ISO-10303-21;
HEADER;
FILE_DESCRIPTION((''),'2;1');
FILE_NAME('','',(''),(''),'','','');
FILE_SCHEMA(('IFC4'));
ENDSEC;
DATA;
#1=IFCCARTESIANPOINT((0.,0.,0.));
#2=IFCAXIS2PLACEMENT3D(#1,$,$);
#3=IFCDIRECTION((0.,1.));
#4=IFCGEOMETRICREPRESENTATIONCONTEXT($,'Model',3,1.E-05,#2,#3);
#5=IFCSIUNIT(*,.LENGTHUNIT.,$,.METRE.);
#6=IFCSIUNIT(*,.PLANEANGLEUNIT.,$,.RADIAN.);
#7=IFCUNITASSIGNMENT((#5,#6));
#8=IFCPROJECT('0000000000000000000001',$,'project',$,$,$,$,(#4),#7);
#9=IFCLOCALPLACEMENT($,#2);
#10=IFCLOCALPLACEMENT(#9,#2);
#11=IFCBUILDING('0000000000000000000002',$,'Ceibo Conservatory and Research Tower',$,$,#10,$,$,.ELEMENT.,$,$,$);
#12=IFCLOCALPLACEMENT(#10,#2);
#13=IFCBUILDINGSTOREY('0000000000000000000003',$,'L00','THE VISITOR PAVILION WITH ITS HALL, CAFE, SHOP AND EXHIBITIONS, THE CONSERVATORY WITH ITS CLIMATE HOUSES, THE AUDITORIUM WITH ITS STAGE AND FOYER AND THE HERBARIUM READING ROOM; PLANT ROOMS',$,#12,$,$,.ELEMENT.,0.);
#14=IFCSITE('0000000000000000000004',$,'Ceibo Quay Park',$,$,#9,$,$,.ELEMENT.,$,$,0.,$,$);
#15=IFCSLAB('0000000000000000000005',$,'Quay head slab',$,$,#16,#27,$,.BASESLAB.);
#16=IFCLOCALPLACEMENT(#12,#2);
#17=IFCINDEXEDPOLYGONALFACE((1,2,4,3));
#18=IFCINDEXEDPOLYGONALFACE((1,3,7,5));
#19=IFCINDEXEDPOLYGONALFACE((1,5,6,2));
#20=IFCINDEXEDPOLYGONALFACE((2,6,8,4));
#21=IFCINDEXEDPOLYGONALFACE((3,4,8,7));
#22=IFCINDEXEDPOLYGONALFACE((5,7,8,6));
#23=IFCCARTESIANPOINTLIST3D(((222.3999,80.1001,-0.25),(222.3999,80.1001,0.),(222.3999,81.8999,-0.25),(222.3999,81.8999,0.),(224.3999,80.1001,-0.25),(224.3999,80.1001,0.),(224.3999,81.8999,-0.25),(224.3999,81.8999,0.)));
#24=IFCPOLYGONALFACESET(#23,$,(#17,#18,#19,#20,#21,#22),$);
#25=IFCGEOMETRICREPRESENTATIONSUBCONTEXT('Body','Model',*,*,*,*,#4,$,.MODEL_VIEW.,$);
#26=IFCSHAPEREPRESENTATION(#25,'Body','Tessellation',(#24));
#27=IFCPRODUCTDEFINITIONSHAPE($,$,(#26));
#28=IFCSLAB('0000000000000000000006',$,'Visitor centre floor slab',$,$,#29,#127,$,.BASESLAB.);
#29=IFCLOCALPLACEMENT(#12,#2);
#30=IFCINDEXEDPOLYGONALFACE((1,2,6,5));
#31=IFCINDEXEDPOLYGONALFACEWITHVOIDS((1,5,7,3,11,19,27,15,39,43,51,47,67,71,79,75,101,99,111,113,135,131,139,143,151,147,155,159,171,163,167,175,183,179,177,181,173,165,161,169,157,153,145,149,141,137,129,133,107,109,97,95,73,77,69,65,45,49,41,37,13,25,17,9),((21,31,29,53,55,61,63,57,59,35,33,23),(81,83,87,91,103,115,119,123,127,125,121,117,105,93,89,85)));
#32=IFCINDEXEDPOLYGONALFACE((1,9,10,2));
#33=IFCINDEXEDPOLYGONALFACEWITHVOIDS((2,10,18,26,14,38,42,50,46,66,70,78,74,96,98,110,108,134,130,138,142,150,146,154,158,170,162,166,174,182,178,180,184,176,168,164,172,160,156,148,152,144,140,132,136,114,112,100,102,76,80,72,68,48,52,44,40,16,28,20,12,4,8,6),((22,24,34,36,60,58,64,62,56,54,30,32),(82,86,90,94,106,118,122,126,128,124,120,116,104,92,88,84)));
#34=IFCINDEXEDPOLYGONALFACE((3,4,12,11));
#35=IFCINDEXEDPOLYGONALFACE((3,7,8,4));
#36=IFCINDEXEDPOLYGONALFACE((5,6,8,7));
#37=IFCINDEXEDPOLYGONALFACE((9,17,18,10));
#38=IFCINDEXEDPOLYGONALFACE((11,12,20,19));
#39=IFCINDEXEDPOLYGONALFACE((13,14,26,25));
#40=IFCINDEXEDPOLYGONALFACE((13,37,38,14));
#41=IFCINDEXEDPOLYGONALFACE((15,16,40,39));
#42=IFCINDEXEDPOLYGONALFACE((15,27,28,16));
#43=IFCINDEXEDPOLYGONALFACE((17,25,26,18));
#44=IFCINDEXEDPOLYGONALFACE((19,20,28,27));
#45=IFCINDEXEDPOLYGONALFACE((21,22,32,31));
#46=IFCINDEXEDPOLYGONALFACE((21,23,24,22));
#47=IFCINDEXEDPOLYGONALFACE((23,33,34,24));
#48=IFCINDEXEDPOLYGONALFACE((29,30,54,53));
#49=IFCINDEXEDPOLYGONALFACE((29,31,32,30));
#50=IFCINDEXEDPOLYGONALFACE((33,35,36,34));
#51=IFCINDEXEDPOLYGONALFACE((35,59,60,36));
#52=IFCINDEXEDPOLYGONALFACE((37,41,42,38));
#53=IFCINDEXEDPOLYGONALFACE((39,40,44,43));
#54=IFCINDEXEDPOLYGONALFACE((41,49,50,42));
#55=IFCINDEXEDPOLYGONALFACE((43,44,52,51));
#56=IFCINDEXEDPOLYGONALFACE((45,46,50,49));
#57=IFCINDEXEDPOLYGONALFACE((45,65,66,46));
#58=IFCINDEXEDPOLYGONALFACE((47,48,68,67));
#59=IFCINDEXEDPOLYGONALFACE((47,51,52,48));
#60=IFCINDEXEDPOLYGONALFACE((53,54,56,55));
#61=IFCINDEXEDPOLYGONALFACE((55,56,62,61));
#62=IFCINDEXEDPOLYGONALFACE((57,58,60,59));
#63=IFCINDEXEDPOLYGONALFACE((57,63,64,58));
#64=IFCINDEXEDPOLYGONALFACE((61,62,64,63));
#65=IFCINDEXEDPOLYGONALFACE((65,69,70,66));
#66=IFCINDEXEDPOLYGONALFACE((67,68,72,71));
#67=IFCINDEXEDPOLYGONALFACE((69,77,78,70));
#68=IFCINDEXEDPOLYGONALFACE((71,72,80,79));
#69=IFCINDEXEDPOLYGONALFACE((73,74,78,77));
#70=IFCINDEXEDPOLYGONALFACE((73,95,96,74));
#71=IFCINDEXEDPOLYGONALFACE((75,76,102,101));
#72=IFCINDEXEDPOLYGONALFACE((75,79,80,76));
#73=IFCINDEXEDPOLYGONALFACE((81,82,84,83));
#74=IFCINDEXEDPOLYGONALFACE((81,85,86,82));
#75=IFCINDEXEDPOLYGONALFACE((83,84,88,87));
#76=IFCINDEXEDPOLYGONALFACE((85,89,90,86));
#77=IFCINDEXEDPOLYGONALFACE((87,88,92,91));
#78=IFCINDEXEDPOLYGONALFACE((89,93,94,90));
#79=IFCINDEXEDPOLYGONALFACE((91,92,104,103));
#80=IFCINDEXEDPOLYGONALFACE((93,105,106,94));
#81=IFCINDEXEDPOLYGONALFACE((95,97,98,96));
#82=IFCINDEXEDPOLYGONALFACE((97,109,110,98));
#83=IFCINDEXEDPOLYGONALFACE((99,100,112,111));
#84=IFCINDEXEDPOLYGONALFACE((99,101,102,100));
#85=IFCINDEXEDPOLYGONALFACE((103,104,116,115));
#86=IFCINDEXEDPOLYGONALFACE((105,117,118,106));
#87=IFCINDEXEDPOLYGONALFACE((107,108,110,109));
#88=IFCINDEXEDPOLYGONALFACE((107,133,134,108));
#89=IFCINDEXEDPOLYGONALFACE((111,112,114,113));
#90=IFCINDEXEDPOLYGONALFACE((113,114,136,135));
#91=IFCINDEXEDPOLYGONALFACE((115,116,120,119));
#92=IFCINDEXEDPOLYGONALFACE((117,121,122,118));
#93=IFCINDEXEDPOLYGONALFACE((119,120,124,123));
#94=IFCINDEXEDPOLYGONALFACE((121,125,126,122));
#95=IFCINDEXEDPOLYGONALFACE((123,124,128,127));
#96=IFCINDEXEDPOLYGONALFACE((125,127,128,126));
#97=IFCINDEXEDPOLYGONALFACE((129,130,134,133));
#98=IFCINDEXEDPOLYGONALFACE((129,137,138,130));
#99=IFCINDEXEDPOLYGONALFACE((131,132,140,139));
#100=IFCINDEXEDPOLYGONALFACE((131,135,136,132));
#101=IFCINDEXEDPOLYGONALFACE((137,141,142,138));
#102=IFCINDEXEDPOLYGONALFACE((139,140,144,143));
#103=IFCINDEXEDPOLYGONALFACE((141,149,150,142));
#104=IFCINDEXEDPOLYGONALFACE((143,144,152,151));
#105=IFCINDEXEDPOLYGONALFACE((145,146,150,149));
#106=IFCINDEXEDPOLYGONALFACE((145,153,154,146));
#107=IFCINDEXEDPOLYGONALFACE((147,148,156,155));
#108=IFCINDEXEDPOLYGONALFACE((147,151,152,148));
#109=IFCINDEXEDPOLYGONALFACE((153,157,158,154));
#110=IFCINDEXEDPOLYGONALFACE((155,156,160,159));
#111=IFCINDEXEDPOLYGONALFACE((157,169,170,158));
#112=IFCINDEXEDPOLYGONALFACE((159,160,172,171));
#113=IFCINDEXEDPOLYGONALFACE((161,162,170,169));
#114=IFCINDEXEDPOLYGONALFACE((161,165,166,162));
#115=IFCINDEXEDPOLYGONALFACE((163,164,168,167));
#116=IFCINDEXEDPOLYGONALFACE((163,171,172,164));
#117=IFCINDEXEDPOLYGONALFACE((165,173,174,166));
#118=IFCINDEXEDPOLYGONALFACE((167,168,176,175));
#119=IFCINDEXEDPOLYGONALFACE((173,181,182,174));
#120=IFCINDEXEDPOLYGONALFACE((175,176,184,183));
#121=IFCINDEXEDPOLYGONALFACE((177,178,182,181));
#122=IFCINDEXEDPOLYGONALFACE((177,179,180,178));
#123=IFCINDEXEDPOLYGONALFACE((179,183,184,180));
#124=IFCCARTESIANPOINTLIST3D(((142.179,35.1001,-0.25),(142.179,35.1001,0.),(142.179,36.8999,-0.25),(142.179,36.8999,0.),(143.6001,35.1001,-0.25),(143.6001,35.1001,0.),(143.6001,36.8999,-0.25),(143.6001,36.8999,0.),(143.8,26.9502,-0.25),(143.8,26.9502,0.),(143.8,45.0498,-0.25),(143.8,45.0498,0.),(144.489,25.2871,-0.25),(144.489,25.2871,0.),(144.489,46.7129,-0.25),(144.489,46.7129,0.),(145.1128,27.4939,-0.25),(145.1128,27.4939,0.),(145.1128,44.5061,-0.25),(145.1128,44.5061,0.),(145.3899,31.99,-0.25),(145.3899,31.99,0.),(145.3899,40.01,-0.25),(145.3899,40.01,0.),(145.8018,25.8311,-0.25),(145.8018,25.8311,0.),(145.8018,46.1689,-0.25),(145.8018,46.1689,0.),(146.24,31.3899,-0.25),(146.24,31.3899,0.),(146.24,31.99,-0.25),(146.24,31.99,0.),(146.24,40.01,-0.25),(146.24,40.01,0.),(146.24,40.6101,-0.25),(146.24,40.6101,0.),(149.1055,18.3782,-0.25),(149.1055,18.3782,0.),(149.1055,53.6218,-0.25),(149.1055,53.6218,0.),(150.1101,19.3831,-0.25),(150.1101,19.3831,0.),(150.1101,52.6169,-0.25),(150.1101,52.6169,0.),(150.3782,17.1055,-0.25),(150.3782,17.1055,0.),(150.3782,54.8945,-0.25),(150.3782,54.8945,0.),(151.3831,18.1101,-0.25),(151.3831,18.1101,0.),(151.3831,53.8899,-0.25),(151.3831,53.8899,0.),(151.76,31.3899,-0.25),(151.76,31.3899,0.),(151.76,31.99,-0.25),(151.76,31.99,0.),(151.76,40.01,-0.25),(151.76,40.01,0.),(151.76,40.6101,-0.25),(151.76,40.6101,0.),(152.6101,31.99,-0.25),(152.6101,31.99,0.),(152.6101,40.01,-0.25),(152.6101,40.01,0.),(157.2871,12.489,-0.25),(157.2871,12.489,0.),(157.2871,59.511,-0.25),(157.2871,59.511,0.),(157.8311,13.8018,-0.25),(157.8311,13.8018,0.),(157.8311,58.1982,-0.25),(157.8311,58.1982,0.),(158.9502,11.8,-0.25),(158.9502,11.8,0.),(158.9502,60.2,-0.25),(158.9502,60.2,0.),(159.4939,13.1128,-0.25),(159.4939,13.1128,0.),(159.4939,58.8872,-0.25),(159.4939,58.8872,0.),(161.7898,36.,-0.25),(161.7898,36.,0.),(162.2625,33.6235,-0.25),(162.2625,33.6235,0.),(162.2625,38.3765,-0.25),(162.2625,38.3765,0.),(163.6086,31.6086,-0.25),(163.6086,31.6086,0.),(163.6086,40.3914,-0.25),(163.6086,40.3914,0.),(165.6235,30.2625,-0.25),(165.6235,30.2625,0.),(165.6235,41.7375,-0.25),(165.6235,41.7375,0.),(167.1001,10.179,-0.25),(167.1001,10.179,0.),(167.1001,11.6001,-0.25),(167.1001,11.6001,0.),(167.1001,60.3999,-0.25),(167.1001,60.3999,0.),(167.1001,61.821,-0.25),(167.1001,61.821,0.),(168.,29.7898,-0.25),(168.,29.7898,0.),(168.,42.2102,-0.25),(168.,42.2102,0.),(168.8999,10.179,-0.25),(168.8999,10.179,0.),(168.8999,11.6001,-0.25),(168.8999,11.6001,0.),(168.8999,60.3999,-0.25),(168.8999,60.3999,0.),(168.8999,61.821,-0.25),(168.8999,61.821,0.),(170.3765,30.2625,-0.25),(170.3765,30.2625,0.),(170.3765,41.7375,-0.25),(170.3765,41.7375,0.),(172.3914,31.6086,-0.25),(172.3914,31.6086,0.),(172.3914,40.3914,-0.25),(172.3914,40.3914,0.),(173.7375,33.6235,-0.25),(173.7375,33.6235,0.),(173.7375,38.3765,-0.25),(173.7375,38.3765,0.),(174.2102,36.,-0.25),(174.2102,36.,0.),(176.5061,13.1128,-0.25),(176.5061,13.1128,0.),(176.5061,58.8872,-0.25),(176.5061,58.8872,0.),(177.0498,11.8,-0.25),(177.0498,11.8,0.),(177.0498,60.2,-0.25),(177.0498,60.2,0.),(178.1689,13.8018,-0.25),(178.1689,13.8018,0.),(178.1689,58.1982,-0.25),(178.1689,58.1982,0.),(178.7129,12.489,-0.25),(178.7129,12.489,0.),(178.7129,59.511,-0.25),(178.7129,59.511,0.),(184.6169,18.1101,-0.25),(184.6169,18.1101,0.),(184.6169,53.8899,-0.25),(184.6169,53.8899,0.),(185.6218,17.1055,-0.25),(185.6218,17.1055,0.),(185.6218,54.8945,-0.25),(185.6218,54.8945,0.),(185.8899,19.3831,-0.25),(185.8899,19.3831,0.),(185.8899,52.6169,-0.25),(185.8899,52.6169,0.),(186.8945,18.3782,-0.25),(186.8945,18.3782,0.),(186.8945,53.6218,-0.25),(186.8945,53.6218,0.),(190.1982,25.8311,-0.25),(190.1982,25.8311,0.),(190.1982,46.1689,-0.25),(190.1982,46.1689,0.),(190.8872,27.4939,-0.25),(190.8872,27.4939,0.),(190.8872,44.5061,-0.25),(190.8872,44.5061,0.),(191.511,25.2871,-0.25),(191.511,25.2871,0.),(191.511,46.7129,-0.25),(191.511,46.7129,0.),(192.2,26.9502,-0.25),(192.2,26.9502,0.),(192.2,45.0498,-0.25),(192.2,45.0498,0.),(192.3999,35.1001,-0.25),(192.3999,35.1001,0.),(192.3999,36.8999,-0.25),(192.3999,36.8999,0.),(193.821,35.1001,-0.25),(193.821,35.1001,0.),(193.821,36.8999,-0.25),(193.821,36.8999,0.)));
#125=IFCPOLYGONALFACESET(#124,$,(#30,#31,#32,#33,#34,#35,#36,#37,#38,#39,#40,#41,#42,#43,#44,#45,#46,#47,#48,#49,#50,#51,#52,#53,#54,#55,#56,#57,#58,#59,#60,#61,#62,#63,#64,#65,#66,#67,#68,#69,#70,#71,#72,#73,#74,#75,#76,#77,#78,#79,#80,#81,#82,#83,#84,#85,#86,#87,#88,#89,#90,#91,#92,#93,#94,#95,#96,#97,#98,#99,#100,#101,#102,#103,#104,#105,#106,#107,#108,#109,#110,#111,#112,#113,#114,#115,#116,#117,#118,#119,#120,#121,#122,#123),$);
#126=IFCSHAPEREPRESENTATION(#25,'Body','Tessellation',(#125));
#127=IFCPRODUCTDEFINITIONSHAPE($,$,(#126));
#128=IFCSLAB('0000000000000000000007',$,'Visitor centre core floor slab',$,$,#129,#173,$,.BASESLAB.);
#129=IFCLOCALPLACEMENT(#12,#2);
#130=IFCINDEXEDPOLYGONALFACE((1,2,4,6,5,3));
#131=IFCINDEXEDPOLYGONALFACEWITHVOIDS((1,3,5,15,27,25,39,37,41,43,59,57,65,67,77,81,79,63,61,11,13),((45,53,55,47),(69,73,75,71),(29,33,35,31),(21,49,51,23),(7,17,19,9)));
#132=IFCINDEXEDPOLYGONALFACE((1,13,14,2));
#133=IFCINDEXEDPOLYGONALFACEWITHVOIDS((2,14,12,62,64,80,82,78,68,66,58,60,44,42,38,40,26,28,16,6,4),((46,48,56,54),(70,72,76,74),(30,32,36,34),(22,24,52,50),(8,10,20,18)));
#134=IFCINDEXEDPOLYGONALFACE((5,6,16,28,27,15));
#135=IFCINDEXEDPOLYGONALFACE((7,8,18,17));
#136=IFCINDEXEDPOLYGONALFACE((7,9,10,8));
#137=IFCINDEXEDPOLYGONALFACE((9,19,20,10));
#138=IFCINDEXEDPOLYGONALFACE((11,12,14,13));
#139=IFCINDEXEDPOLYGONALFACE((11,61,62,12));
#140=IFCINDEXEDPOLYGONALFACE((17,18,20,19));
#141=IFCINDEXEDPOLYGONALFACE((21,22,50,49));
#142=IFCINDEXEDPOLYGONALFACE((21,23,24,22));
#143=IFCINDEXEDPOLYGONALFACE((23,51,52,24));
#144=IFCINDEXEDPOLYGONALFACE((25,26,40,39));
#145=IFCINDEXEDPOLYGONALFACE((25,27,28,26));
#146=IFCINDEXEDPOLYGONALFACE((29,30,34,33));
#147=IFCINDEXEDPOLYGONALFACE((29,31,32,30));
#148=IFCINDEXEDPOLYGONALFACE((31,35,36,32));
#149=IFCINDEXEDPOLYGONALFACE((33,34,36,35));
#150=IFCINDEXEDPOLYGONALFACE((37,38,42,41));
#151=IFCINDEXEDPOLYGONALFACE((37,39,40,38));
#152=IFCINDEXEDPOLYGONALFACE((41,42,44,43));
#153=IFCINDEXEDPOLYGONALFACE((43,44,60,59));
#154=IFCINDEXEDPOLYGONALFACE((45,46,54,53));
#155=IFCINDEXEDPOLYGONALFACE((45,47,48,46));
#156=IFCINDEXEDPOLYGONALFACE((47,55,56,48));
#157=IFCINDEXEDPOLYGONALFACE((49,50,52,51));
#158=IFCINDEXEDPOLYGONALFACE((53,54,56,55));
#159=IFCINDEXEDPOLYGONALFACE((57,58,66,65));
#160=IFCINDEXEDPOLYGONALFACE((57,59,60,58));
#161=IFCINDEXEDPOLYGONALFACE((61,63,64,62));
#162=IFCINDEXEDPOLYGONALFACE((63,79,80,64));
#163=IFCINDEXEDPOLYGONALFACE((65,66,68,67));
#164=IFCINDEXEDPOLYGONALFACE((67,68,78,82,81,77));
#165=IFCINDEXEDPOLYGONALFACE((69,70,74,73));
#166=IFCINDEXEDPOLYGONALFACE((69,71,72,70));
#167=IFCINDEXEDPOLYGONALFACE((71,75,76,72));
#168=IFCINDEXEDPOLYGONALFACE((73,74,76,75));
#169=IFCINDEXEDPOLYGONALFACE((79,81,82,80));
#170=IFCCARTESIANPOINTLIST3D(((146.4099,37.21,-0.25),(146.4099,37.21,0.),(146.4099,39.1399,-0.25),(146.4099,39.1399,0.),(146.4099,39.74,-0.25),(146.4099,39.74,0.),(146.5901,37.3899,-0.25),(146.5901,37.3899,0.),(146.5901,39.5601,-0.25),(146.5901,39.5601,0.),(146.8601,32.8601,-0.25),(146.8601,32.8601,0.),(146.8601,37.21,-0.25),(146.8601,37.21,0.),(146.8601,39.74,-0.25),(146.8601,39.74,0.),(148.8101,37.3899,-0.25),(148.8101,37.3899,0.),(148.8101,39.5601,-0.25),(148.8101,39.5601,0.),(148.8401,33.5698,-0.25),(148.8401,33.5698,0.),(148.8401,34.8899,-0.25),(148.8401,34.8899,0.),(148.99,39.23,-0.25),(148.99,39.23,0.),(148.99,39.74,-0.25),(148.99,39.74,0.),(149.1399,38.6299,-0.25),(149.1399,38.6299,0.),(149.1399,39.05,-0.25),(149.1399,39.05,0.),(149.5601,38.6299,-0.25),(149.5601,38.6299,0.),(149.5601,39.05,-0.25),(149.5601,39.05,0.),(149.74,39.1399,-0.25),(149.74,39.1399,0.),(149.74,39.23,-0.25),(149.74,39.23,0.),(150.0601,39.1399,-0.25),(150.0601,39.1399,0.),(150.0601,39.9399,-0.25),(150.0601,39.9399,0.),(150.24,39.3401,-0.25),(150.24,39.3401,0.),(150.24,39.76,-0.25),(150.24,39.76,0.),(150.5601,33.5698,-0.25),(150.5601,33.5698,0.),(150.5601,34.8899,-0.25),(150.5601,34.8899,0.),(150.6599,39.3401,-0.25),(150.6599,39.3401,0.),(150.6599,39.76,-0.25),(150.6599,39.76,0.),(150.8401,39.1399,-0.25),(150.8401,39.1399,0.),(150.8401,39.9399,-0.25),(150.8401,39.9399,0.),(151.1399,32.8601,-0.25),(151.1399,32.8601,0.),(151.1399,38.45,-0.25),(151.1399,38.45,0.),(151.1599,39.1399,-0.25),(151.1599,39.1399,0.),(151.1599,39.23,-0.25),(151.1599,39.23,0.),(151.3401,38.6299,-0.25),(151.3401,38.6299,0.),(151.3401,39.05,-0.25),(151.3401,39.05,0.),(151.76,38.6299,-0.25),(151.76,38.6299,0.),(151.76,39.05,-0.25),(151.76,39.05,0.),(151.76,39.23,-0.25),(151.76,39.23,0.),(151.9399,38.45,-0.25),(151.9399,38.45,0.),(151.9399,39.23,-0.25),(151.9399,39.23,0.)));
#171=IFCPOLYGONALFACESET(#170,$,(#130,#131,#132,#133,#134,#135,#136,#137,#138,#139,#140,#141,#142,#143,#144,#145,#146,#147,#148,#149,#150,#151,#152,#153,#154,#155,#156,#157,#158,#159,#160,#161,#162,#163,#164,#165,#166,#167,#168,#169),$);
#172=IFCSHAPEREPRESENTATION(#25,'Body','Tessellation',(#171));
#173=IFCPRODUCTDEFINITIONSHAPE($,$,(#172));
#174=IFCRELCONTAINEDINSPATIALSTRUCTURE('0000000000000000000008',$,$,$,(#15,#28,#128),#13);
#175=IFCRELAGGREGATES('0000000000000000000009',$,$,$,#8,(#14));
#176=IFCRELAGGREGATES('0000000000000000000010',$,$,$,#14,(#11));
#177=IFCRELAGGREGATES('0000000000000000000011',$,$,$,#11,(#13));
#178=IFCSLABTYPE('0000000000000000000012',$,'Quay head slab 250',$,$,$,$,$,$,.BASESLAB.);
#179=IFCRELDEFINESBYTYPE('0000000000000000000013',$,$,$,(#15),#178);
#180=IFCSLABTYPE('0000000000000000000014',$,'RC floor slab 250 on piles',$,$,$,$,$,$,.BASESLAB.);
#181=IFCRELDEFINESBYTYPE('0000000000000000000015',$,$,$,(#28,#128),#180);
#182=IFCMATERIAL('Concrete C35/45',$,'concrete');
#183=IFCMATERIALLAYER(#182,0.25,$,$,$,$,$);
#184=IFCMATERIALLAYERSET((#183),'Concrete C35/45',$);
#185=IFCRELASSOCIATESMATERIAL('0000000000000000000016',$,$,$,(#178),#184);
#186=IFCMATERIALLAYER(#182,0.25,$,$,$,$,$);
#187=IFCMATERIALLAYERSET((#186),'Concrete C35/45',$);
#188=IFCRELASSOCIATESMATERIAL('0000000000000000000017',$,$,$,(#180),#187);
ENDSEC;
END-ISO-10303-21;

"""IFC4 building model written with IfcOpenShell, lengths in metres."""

from ifc_helpers import new_model, si_unit, direction, frame, origin, place, context, subcontext, project, spatial, polyline, outline, extrude, material, layer, layer_set, type_object, element, save


model = new_model("IFC4")

# Units and contexts
model_context = context("Model", 3, precision=1e-05, world=origin(), true_north=direction((0.0, 1.0)))
body_context = subcontext(model_context, "Body", "Model", "MODEL_VIEW")
ifc_project = project(units=[si_unit("LENGTHUNIT", "METRE"), si_unit("PLANEANGLEUNIT", "RADIAN")], contexts=[model_context])

# Site, building, storey
site_placement = place(None, origin())
site = spatial("IfcSite", under=ifc_project, at=site_placement, Name="Ceibo Quay Park", CompositionType="ELEMENT", RefElevation=0.0)
building_placement = place(site_placement, origin())
building = spatial("IfcBuilding", under=site, at=building_placement, Name="Ceibo Conservatory and Research Tower", CompositionType="ELEMENT")
storey_placement = place(building_placement, origin())
storey = spatial("IfcBuildingStorey", under=building, at=storey_placement, Name="L00", Description="THE VISITOR PAVILION WITH ITS HALL, CAFE, SHOP AND EXHIBITIONS, THE CONSERVATORY WITH ITS CLIMATE HOUSES, THE AUDITORIUM WITH ITS STAGE AND FOYER AND THE HERBARIUM READING ROOM; PLANT ROOMS", CompositionType="ELEMENT", Elevation=0.0)

# Slabs
ifc_material_1 = material(Name="Concrete C35/45", Category="concrete")
ifc_layer_1 = layer(ifc_material_1, 0.25)
ifc_layer_set_1 = layer_set([ifc_layer_1], Name="Concrete C35/45")
slab_type_1 = type_object("IfcSlabType", Name="Quay head slab 250", PredefinedType="BASESLAB", material=ifc_layer_set_1)
slab_1_placement = place(storey_placement, frame((0.0, 0.0, -0.25)))
element("IfcSlab", 1, at=slab_1_placement, inside=storey, type_object=slab_type_1, Name="Quay head slab", PredefinedType="BASESLAB", context=body_context, shape_type="SweptSolid", body=[
    extrude(outline(polyline([(222.3999, 80.1001), (224.3999, 80.1001), (224.3999, 81.8999), (222.3999, 81.8999), (222.3999, 80.1001)])), origin(), (0.0, 0.0, 1.0), 0.25),
])
ifc_layer_2 = layer(ifc_material_1, 0.25)
ifc_layer_set_2 = layer_set([ifc_layer_2], Name="Concrete C35/45")
slab_type_2 = type_object("IfcSlabType", Name="RC floor slab 250 on piles", PredefinedType="BASESLAB", material=ifc_layer_set_2)
slab_2_placement = place(storey_placement, frame((0.0, 0.0, -0.25)))
element("IfcSlab", 2, at=slab_2_placement, inside=storey, type_object=slab_type_2, Name="Visitor centre floor slab", PredefinedType="BASESLAB", context=body_context, shape_type="SweptSolid", body=[
    extrude(outline(polyline([(192.3999, 36.8999), (192.3999, 35.1001), (193.821, 35.1001), (192.2, 26.9502), (190.8872, 27.4939), (190.1982, 25.8311), (191.511, 25.2871), (186.8945, 18.3782), (185.8899, 19.3831), (184.6169, 18.1101), (185.6218, 17.1055), (178.7129, 12.489), (178.1689, 13.8018), (176.5061, 13.1128), (177.0498, 11.8), (168.8999, 10.179), (168.8999, 11.6001), (167.1001, 11.6001), (167.1001, 10.179), (158.9502, 11.8), (159.4939, 13.1128), (157.8311, 13.8018), (157.2871, 12.489), (150.3782, 17.1055), (151.3831, 18.1101), (150.1101, 19.3831), (149.1055, 18.3782), (144.489, 25.2871), (145.8018, 25.8311), (145.1128, 27.4939), (143.8, 26.9502), (142.179, 35.1001), (143.6001, 35.1001), (143.6001, 36.8999), (142.179, 36.8999), (143.8, 45.0498), (145.1128, 44.5061), (145.8018, 46.1689), (144.489, 46.7129), (149.1055, 53.6218), (150.1101, 52.6169), (151.3831, 53.8899), (150.3782, 54.8945), (157.2871, 59.511), (157.8311, 58.1982), (159.4939, 58.8872), (158.9502, 60.2), (167.1001, 61.821), (167.1001, 60.3999), (168.8999, 60.3999), (168.8999, 61.821), (177.0498, 60.2), (176.5061, 58.8872), (178.1689, 58.1982), (178.7129, 59.511), (185.6218, 54.8945), (184.6169, 53.8899), (185.8899, 52.6169), (186.8945, 53.6218), (191.511, 46.7129), (190.1982, 46.1689), (190.8872, 44.5061), (192.2, 45.0498), (193.821, 36.8999), (192.3999, 36.8999)]), holes=[polyline([(151.76, 40.01), (151.76, 40.6101), (146.24, 40.6101), (146.24, 40.01), (145.3899, 40.01), (145.3899, 31.99), (146.24, 31.99), (146.24, 31.3899), (151.76, 31.3899), (151.76, 31.99), (152.6101, 31.99), (152.6101, 40.01), (151.76, 40.01)]), polyline([(163.6086, 31.6086), (165.6235, 30.2625), (168.0, 29.7898), (170.3765, 30.2625), (172.3914, 31.6086), (173.7375, 33.6235), (174.2102, 36.0), (173.7375, 38.3765), (172.3914, 40.3914), (170.3765, 41.7375), (168.0, 42.2102), (165.6235, 41.7375), (163.6086, 40.3914), (162.2625, 38.3765), (161.7898, 36.0), (162.2625, 33.6235), (163.6086, 31.6086)])]), origin(), (0.0, 0.0, 1.0), 0.25),
])
slab_3_placement = place(storey_placement, frame((0.0, 0.0, -0.25)))
element("IfcSlab", 3, at=slab_3_placement, inside=storey, type_object=slab_type_2, Name="Visitor centre core floor slab", PredefinedType="BASESLAB", context=body_context, shape_type="SweptSolid", body=[
    extrude(outline(polyline([(151.1399, 32.8601), (146.8601, 32.8601), (146.8601, 37.21), (146.4099, 37.21), (146.4099, 39.1399), (146.4099, 39.74), (146.8601, 39.74), (148.99, 39.74), (148.99, 39.23), (149.74, 39.23), (149.74, 39.1399), (150.0601, 39.1399), (150.0601, 39.9399), (150.8401, 39.9399), (150.8401, 39.1399), (151.1599, 39.1399), (151.1599, 39.23), (151.76, 39.23), (151.9399, 39.23), (151.9399, 38.45), (151.1399, 38.45), (151.1399, 32.8601)]), holes=[polyline([(148.8401, 34.8899), (148.8401, 33.5698), (150.5601, 33.5698), (150.5601, 34.8899), (148.8401, 34.8899)]), polyline([(148.8101, 39.5601), (146.5901, 39.5601), (146.5901, 37.3899), (148.8101, 37.3899), (148.8101, 39.5601)]), polyline([(149.1399, 39.05), (149.1399, 38.6299), (149.5601, 38.6299), (149.5601, 39.05), (149.1399, 39.05)]), polyline([(151.3401, 39.05), (151.3401, 38.6299), (151.76, 38.6299), (151.76, 39.05), (151.3401, 39.05)]), polyline([(150.6599, 39.76), (150.24, 39.76), (150.24, 39.3401), (150.6599, 39.3401), (150.6599, 39.76)])]), origin(), (0.0, 0.0, 1.0), 0.25),
])

save(model, "model.ifc")
